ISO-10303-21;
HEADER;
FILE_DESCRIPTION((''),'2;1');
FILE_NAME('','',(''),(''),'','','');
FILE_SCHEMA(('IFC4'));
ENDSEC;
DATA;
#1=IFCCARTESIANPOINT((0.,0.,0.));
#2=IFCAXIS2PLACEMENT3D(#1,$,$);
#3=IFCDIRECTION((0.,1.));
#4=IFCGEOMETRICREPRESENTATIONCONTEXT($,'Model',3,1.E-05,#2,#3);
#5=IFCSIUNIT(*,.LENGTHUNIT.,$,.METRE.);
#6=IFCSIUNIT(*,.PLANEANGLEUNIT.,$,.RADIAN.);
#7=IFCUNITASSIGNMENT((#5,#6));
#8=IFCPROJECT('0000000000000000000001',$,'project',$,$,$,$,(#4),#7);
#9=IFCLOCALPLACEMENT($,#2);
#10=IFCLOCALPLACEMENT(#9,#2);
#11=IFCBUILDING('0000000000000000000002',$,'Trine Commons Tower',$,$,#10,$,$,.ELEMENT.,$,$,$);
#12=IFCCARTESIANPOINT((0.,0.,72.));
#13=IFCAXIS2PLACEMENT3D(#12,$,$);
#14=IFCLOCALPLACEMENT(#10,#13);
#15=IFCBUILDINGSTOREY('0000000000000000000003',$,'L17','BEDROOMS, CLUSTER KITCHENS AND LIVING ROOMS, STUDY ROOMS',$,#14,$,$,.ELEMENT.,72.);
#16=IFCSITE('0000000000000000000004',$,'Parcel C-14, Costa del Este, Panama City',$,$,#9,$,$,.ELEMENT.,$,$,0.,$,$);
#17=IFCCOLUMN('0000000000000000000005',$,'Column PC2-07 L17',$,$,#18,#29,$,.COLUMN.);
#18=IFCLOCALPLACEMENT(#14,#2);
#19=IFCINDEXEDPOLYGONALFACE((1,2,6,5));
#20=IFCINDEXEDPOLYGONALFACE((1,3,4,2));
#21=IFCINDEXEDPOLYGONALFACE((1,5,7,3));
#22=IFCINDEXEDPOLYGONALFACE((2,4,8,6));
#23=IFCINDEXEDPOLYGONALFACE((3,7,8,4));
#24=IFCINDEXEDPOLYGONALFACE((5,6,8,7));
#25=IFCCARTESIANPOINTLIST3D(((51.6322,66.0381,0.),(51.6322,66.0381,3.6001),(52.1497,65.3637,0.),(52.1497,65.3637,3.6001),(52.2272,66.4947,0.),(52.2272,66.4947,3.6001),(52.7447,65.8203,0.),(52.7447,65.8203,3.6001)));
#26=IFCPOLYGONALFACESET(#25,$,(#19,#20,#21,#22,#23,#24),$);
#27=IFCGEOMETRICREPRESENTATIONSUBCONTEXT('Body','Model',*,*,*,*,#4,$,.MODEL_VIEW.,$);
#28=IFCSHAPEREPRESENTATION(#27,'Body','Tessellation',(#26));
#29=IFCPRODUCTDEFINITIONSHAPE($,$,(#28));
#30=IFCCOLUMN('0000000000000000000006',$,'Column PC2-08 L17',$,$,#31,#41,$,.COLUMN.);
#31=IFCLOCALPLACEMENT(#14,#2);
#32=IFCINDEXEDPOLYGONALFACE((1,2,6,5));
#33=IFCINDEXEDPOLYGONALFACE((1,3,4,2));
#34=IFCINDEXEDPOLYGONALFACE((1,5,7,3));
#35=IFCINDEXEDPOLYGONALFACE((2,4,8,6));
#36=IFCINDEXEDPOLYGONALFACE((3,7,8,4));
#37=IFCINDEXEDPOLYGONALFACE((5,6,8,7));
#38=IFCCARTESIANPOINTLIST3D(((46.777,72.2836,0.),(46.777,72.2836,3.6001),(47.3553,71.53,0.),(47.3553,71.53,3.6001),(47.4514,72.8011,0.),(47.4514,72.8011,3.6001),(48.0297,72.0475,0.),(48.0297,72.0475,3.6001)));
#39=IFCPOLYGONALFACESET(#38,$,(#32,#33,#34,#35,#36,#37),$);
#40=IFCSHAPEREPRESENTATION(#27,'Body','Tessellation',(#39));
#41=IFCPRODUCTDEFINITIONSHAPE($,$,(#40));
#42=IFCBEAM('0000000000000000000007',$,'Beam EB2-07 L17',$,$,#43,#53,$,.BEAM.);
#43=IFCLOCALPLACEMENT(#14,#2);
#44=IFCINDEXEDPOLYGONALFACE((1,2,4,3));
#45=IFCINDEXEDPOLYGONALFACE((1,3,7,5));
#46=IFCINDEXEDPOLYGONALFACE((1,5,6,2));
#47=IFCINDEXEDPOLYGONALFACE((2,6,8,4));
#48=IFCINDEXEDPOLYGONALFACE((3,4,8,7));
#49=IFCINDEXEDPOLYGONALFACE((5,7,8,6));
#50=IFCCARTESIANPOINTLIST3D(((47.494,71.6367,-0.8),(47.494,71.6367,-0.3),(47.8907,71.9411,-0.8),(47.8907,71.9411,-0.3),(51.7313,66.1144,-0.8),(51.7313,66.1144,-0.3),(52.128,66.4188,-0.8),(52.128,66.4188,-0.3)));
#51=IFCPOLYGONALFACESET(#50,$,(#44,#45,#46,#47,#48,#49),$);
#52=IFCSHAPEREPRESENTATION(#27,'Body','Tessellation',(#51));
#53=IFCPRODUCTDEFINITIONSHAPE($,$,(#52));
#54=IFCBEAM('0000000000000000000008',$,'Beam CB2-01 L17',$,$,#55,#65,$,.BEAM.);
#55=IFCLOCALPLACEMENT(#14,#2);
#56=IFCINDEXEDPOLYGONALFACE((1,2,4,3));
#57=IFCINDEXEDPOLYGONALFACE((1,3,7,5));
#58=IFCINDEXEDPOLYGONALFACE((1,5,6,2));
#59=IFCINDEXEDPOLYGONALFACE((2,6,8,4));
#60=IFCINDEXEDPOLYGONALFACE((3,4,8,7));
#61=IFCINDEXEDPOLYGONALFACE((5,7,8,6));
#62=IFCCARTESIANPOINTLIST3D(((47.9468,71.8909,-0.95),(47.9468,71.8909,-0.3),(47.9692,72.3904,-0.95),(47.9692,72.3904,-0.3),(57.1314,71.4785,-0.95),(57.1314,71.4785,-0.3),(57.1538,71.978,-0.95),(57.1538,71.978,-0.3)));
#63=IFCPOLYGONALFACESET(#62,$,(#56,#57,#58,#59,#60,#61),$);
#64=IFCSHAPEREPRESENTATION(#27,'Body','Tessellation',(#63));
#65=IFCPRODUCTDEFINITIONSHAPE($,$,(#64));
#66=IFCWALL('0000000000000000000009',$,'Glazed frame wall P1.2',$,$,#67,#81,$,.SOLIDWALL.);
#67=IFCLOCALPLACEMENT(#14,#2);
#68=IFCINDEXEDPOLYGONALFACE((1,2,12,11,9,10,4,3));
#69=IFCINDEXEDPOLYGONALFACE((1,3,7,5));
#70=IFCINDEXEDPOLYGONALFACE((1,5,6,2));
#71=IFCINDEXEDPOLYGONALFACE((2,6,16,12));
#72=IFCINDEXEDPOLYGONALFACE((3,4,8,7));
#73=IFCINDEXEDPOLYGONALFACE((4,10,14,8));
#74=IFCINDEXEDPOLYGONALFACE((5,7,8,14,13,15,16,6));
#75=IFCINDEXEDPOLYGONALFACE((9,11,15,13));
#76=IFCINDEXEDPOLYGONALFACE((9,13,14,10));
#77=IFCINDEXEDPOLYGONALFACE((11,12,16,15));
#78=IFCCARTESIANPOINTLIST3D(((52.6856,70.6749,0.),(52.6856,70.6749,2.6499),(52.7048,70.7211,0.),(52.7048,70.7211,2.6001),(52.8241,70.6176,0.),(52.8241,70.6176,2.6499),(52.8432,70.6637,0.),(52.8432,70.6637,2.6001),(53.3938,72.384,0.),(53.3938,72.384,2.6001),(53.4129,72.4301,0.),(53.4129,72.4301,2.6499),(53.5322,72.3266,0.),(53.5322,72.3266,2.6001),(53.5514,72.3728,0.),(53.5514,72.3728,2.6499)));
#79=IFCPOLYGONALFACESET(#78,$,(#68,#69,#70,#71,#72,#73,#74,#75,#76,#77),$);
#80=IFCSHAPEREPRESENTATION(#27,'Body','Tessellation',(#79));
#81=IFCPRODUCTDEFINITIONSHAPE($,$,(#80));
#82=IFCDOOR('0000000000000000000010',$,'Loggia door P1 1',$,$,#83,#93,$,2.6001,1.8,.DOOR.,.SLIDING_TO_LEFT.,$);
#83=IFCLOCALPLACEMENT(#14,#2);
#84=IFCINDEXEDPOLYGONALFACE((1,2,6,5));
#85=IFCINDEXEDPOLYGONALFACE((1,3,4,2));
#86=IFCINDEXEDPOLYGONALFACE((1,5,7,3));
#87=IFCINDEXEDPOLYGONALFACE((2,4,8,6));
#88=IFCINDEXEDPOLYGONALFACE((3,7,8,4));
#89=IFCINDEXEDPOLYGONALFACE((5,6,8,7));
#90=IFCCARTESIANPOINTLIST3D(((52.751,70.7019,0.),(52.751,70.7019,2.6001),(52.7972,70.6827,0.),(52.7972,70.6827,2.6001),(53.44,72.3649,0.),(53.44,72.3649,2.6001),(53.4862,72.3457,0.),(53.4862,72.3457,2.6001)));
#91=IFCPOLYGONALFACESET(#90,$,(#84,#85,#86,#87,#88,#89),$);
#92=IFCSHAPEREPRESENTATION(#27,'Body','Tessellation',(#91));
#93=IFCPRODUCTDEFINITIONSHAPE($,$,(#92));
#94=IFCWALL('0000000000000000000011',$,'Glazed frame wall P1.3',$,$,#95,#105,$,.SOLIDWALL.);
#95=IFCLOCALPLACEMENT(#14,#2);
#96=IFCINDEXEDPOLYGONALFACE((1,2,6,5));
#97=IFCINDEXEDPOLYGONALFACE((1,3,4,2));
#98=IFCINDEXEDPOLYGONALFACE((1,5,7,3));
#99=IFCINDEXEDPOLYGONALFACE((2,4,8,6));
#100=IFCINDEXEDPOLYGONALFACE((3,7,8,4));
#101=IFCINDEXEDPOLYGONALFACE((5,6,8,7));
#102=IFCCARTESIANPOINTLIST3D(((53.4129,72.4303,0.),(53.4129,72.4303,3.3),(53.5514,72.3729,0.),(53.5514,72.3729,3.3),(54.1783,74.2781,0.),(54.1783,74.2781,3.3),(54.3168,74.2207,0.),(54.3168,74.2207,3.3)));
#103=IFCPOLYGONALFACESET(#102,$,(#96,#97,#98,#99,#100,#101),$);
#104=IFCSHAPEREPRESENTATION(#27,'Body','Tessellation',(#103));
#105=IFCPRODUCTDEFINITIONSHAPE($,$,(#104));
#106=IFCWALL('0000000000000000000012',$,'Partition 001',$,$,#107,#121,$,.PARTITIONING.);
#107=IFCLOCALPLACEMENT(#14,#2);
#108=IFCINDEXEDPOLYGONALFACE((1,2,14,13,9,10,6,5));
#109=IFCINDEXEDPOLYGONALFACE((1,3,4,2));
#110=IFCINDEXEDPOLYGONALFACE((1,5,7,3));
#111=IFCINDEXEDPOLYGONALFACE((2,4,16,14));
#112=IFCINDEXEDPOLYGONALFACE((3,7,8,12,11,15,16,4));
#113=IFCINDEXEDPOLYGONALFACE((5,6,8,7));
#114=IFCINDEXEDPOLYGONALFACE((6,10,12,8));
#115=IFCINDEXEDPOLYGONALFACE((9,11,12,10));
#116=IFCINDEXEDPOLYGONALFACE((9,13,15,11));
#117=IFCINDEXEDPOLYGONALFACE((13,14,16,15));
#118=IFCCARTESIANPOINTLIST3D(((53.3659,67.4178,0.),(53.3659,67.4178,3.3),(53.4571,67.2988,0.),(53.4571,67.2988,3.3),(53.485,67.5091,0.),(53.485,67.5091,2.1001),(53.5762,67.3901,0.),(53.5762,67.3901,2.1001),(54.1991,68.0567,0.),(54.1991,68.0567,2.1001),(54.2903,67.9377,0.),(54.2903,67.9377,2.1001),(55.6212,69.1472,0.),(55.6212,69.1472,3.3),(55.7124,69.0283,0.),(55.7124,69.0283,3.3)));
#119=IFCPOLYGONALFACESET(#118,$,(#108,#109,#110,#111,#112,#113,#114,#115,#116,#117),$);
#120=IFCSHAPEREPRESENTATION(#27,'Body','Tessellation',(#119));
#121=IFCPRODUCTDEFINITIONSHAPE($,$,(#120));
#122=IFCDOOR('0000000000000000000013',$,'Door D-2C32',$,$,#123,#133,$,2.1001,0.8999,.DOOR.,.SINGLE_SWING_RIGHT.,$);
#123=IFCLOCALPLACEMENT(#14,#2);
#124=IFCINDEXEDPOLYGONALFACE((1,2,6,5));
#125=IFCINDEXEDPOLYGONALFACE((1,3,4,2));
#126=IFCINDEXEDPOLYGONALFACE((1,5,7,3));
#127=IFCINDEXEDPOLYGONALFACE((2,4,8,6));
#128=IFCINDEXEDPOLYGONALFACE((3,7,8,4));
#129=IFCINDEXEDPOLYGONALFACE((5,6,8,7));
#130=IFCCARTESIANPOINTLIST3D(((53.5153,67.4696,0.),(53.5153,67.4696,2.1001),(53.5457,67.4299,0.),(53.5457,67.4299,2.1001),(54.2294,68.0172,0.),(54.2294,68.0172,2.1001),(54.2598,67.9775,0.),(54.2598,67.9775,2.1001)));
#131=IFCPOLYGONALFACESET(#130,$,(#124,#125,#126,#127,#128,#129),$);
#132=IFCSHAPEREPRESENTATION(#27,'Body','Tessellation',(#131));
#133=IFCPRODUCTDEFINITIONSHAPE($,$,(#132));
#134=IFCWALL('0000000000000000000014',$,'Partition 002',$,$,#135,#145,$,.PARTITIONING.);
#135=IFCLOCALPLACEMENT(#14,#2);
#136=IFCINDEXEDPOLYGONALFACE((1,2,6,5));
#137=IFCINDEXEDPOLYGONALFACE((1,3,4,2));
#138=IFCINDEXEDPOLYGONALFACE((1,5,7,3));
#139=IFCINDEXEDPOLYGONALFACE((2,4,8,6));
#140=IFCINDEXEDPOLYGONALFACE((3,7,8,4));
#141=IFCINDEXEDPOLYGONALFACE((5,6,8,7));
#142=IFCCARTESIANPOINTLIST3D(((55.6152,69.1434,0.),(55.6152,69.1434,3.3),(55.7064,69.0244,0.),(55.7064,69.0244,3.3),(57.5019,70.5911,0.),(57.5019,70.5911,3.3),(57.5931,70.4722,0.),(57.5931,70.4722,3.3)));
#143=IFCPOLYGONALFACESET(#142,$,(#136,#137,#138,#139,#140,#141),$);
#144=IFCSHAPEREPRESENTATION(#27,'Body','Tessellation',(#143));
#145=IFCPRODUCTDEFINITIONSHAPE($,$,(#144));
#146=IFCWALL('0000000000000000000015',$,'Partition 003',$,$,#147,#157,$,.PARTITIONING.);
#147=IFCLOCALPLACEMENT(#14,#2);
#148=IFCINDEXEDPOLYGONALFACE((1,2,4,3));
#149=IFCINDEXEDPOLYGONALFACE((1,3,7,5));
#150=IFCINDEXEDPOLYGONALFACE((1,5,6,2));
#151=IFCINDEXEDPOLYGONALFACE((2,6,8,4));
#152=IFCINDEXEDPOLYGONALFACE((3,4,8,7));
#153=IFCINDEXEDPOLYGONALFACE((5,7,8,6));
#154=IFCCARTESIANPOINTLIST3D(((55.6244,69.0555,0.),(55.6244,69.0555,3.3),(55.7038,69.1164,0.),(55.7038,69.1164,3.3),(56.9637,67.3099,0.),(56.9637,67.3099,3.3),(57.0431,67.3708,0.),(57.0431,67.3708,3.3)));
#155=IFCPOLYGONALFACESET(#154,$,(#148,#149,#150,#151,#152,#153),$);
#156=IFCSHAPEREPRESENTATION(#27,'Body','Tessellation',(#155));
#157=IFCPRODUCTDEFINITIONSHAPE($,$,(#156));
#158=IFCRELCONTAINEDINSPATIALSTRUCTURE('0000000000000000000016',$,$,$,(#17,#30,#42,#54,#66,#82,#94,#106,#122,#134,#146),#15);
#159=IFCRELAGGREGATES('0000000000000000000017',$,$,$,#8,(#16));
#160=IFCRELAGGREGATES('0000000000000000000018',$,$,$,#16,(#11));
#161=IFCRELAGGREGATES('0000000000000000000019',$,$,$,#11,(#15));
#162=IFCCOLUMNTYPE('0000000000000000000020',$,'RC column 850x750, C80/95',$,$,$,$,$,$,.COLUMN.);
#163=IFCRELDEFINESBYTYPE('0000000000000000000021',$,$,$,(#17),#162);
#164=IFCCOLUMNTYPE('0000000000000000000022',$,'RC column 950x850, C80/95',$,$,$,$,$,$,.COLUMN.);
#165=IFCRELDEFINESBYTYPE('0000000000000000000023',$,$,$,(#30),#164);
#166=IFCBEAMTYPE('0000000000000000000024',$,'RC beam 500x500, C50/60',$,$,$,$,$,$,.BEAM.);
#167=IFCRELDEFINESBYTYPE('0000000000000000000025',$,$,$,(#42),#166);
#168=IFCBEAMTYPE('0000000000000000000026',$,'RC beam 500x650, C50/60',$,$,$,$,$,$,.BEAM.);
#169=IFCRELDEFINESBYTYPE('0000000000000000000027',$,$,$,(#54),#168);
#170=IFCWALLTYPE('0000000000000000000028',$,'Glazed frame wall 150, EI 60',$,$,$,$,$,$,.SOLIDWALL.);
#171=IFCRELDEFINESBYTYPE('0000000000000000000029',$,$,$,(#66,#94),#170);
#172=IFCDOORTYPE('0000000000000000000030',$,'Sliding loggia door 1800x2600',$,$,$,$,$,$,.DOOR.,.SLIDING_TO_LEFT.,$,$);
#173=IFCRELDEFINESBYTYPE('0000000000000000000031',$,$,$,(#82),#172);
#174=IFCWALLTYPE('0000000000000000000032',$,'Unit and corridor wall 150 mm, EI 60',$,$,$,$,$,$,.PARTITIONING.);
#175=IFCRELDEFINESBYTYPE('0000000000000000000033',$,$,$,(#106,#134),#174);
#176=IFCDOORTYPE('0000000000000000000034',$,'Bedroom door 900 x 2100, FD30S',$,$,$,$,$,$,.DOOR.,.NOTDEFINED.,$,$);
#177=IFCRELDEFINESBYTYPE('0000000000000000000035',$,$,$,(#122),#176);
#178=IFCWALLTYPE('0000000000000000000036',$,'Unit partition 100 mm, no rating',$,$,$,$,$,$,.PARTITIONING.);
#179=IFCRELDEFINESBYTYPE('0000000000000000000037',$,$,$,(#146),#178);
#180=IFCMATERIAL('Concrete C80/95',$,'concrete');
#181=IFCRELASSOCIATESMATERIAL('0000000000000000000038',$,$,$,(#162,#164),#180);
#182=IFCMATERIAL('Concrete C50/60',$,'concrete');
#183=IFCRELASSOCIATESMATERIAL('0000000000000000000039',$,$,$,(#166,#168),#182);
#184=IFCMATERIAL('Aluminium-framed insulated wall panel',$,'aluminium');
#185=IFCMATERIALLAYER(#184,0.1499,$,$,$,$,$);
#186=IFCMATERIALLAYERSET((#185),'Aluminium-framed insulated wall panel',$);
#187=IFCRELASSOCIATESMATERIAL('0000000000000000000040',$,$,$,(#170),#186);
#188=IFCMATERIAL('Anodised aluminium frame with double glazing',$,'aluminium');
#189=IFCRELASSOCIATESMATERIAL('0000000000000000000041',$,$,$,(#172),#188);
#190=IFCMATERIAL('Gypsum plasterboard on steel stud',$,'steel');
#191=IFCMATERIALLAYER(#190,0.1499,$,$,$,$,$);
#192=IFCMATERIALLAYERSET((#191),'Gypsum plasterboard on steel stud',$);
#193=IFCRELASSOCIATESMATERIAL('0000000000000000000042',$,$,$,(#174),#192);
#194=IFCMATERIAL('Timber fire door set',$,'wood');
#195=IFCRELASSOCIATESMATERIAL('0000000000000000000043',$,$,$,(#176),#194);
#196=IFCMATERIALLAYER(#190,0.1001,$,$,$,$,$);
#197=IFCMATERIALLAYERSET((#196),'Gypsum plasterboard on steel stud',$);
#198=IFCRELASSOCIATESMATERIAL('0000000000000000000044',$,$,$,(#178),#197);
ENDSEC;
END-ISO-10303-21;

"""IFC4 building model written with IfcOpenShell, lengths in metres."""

from ifc_helpers import new_model, si_unit, direction, frame, frame_2d, origin, origin_2d, place, context, subcontext, project, spatial, polyline, rectangle, outline, extrude, material, layer, layer_set, material_profile, profile_set, type_object, element, fill, save


model = new_model("IFC4")

# Units and contexts
model_context = context("Model", 3, precision=1e-05, world=origin(), true_north=direction((0.0, 1.0)))
body_context = subcontext(model_context, "Body", "Model", "MODEL_VIEW")
ifc_project = project(units=[si_unit("LENGTHUNIT", "METRE"), si_unit("PLANEANGLEUNIT", "RADIAN")], contexts=[model_context])

# Site, building, storey
site_placement = place(None, origin())
site = spatial("IfcSite", under=ifc_project, at=site_placement, Name="Parcel C-14, Costa del Este, Panama City", CompositionType="ELEMENT", RefElevation=0.0)
building_placement = place(site_placement, origin())
building = spatial("IfcBuilding", under=site, at=building_placement, Name="Trine Commons Tower", CompositionType="ELEMENT")
storey_placement = place(building_placement, frame((0.0, 0.0, 72.0)))
storey = spatial("IfcBuildingStorey", under=building, at=storey_placement, Name="L17", Description="BEDROOMS, CLUSTER KITCHENS AND LIVING ROOMS, STUDY ROOMS", CompositionType="ELEMENT", Elevation=72.0)

# Columns
ifc_material_1 = material(Name="Concrete C80/95", Category="concrete")
ifc_material_profile_1 = material_profile(ifc_material_1, rectangle(XDim=0.8501, YDim=0.75, at=origin_2d()), Name="RC 850x750")
ifc_profile_set_1 = profile_set([ifc_material_profile_1], Name="Concrete C80/95")
column_type_1 = type_object("IfcColumnType", Name="RC column 850x750, C80/95", PredefinedType="COLUMN", material=ifc_profile_set_1)
column_1_placement = place(storey_placement, frame((52.1885, 65.9292, 0.0), z_axis=(0.0, 0.0, 1.0), x_axis=(-0.608761, 0.793353, 0.0)))
element("IfcColumn", 1, at=column_1_placement, inside=storey, type_object=column_type_1, Name="Column PC2-07 L17", PredefinedType="COLUMN", context=body_context, shape_type="SweptSolid", body=[
    extrude(rectangle(XDim=0.8501, YDim=0.75, at=origin_2d()), origin(), (0.0, 0.0, 1.0), 3.6001),
])
ifc_material_profile_2 = material_profile(ifc_material_1, rectangle(XDim=0.95, YDim=0.8501, at=origin_2d()), Name="RC 950x850")
ifc_profile_set_2 = profile_set([ifc_material_profile_2], Name="Concrete C80/95")
column_type_2 = type_object("IfcColumnType", Name="RC column 950x850, C80/95", PredefinedType="COLUMN", material=ifc_profile_set_2)
column_2_placement = place(storey_placement, frame((47.4033, 72.1655, 0.0), z_axis=(0.0, 0.0, 1.0), x_axis=(-0.608761, 0.793353, 0.0)))
element("IfcColumn", 2, at=column_2_placement, inside=storey, type_object=column_type_2, Name="Column PC2-08 L17", PredefinedType="COLUMN", context=body_context, shape_type="SweptSolid", body=[
    extrude(rectangle(XDim=0.95, YDim=0.8501, at=origin_2d()), origin(), (0.0, 0.0, 1.0), 3.6001),
])

# Beams
ifc_material_2 = material(Name="Concrete C50/60", Category="concrete")
ifc_material_profile_3 = material_profile(ifc_material_2, rectangle(XDim=0.5, YDim=0.5, at=origin_2d()), Name="RC 500x500")
ifc_profile_set_3 = profile_set([ifc_material_profile_3], Name="Concrete C50/60")
beam_type_1 = type_object("IfcBeamType", Name="RC beam 500x500, C50/60", PredefinedType="BEAM", material=ifc_profile_set_3)
beam_1_placement = place(storey_placement, frame((51.9297, 66.2666, -0.55), z_axis=(-0.608758, 0.793356, 0.0), x_axis=(-0.793356, -0.608758, 0.0)))
element("IfcBeam", 3, at=beam_1_placement, inside=storey, type_object=beam_type_1, Name="Beam EB2-07 L17", PredefinedType="BEAM", context=body_context, shape_type="SweptSolid", body=[
    extrude(rectangle(XDim=0.5, YDim=0.5, at=origin_2d()), origin(), (0.0, 0.0, 1.0), 6.9607),
])
ifc_material_profile_4 = material_profile(ifc_material_2, rectangle(XDim=0.5, YDim=0.6499, at=origin_2d()), Name="RC 500x650")
ifc_profile_set_4 = profile_set([ifc_material_profile_4], Name="Concrete C50/60")
beam_type_2 = type_object("IfcBeamType", Name="RC beam 500x650, C50/60", PredefinedType="BEAM", material=ifc_profile_set_4)
beam_2_placement = place(storey_placement, frame((47.958, 72.1406, -0.625), z_axis=(0.998994, -0.044851, 0.0), x_axis=(0.044851, 0.998994, 0.0)))
element("IfcBeam", 4, at=beam_2_placement, inside=storey, type_object=beam_type_2, Name="Beam CB2-01 L17", PredefinedType="BEAM", context=body_context, shape_type="SweptSolid", body=[
    extrude(rectangle(XDim=0.5, YDim=0.6499, at=origin_2d()), origin(), (0.0, 0.0, 1.0), 9.1938),
])

# Shared definitions
ifc_material_3 = material(Name="Aluminium-framed insulated wall panel", Category="aluminium")
ifc_layer_1 = layer(ifc_material_3, 0.1499)
ifc_layer_set_1 = layer_set([ifc_layer_1], Name="Aluminium-framed insulated wall panel")
wall_type_1 = type_object("IfcWallType", Name="Glazed frame wall 150, EI 60", PredefinedType="SOLIDWALL", material=ifc_layer_set_1)

# Wall, opening, door
wall_1_placement = place(storey_placement, frame((52.7549, 70.6462, 0.0), z_axis=(0.0, 0.0, 1.0), x_axis=(0.382772, 0.923843, 0.0)))
wall_1 = element("IfcWall", 5, at=wall_1_placement, inside=storey, type_object=wall_type_1, Name="Glazed frame wall P1.2", PredefinedType="SOLIDWALL", context=body_context, shape_type="SweptSolid", body=[
    extrude(outline(polyline([(0.0, -0.075), (1.8999, -0.075), (1.8999, 0.075), (0.0, 0.075), (0.0, -0.075)])), origin(), (0.0, 0.0, 1.0), 2.6499),
])
opening_1_placement = place(wall_1_placement, frame((0.05, 0.0, 0.0)))
opening_1 = element("IfcOpeningElement", 6, at=opening_1_placement, cuts=wall_1, PredefinedType="OPENING", context=body_context, shape_type="SweptSolid", body=[
    extrude(rectangle(XDim=1.8, YDim=2.6001, at=frame_2d((0.8999, 1.3))), frame((0.0, 0.085, 0.0), z_axis=(0.0, -1.0, 0.0), x_axis=(1.0, 0.0, 0.0)), (0.0, 0.0, 1.0), 0.1699),
])
ifc_material_4 = material(Name="Anodised aluminium frame with double glazing", Category="aluminium")
door_type_1 = type_object("IfcDoorType", Name="Sliding loggia door 1800x2600", OperationType="SLIDING_TO_LEFT", PredefinedType="DOOR", material=ifc_material_4)
door_1_placement = place(opening_1_placement, origin())
door_1 = element("IfcDoor", 7, at=door_1_placement, inside=storey, type_object=door_type_1, Name="Loggia door P1 1", OperationType="SLIDING_TO_LEFT", OverallHeight=2.6001, OverallWidth=1.8, PredefinedType="DOOR", context=body_context, shape_type="SweptSolid", body=[
    extrude(rectangle(XDim=1.8, YDim=2.6001, at=frame_2d((0.8999, 1.3))), frame((0.0, 0.0249, 0.0), z_axis=(0.0, -1.0, 0.0), x_axis=(1.0, 0.0, 0.0)), (0.0, 0.0, 1.0), 0.05),
])
fill(opening_1, door_1)

# Wall
wall_2_placement = place(storey_placement, frame((53.4822, 72.4016, 0.0), z_axis=(0.0, 0.0, 1.0), x_axis=(0.382664, 0.923887, 0.0)))
element("IfcWall", 8, at=wall_2_placement, inside=storey, type_object=wall_type_1, Name="Glazed frame wall P1.3", PredefinedType="SOLIDWALL", context=body_context, shape_type="SweptSolid", body=[
    extrude(outline(polyline([(0.0, -0.075), (2.0, -0.075), (2.0, 0.075), (0.0, 0.075), (0.0, -0.075)])), origin(), (0.0, 0.0, 1.0), 3.3),
])

# Wall, opening, door
ifc_material_5 = material(Name="Gypsum plasterboard on steel stud", Category="steel")
ifc_layer_2 = layer(ifc_material_5, 0.1499)
ifc_layer_set_2 = layer_set([ifc_layer_2], Name="Gypsum plasterboard on steel stud")
wall_type_2 = type_object("IfcWallType", Name="Unit and corridor wall 150 mm, EI 60", PredefinedType="PARTITIONING", material=ifc_layer_set_2)
wall_3_placement = place(storey_placement, frame((53.4116, 67.3584, 0.0), z_axis=(0.0, 0.0, 1.0), x_axis=(0.793543, 0.608514, 0.0)))
wall_3 = element("IfcWall", 9, at=wall_3_placement, inside=storey, type_object=wall_type_2, Name="Partition 001", PredefinedType="PARTITIONING", context=body_context, shape_type="SweptSolid", body=[
    extrude(rectangle(XDim=2.842, YDim=0.1499, at=frame_2d((1.4209, 0.0))), origin(), (0.0, 0.0, 1.0), 3.3),
])
opening_2_placement = place(wall_3_placement, frame((0.1499, 0.0, 0.0)))
opening_2 = element("IfcOpeningElement", 10, at=opening_2_placement, cuts=wall_3, PredefinedType="OPENING", context=body_context, shape_type="SweptSolid", body=[
    extrude(rectangle(XDim=0.8999, YDim=2.1001, at=frame_2d((0.45, 1.05))), frame((0.0, 0.085, 0.0), z_axis=(0.0, -1.0, 0.0), x_axis=(1.0, 0.0, 0.0)), (0.0, 0.0, 1.0), 0.1699),
])
ifc_material_6 = material(Name="Timber fire door set", Category="wood")
door_type_2 = type_object("IfcDoorType", Name="Bedroom door 900 x 2100, FD30S", OperationType="NOTDEFINED", PredefinedType="DOOR", material=ifc_material_6)
door_2_placement = place(opening_2_placement, frame((0.8999, 0.0, 0.0), z_axis=(0.0, 0.0, 1.0), x_axis=(-1.0, 0.0, 0.0)))
door_2 = element("IfcDoor", 11, at=door_2_placement, inside=storey, type_object=door_type_2, Name="Door D-2C32", OperationType="SINGLE_SWING_RIGHT", OverallHeight=2.1001, OverallWidth=0.8999, PredefinedType="DOOR", context=body_context, shape_type="SweptSolid", body=[
    extrude(rectangle(XDim=0.8999, YDim=2.1001, at=frame_2d((0.45, 1.05))), frame((0.0, 0.0249, 0.0), z_axis=(0.0, -1.0, 0.0), x_axis=(1.0, 0.0, 0.0)), (0.0, 0.0, 1.0), 0.05),
])
fill(opening_2, door_2)

# Walls
wall_4_placement = place(storey_placement, frame((55.6609, 69.084, 0.0), z_axis=(0.0, 0.0, 1.0), x_axis=(0.793349, 0.608768, 0.0)))
element("IfcWall", 12, at=wall_4_placement, inside=storey, type_object=wall_type_2, Name="Partition 002", PredefinedType="PARTITIONING", context=body_context, shape_type="SweptSolid", body=[
    extrude(rectangle(XDim=2.3782, YDim=0.1499, at=frame_2d((1.189, 0.0))), origin(), (0.0, 0.0, 1.0), 3.3),
])
ifc_layer_3 = layer(ifc_material_5, 0.1001)
ifc_layer_set_3 = layer_set([ifc_layer_3], Name="Gypsum plasterboard on steel stud")
wall_type_3 = type_object("IfcWallType", Name="Unit partition 100 mm, no rating", PredefinedType="PARTITIONING", material=ifc_layer_set_3)
wall_5_placement = place(storey_placement, frame((55.6641, 69.0859, 0.0), z_axis=(0.0, 0.0, 1.0), x_axis=(0.608734, -0.793374, 0.0)))
element("IfcWall", 13, at=wall_5_placement, inside=storey, type_object=wall_type_3, Name="Partition 003", PredefinedType="PARTITIONING", context=body_context, shape_type="SweptSolid", body=[
    extrude(rectangle(XDim=2.2002, YDim=0.1001, at=frame_2d((1.1001, 0.0))), origin(), (0.0, 0.0, 1.0), 3.3),
])

save(model, "model.ifc")
